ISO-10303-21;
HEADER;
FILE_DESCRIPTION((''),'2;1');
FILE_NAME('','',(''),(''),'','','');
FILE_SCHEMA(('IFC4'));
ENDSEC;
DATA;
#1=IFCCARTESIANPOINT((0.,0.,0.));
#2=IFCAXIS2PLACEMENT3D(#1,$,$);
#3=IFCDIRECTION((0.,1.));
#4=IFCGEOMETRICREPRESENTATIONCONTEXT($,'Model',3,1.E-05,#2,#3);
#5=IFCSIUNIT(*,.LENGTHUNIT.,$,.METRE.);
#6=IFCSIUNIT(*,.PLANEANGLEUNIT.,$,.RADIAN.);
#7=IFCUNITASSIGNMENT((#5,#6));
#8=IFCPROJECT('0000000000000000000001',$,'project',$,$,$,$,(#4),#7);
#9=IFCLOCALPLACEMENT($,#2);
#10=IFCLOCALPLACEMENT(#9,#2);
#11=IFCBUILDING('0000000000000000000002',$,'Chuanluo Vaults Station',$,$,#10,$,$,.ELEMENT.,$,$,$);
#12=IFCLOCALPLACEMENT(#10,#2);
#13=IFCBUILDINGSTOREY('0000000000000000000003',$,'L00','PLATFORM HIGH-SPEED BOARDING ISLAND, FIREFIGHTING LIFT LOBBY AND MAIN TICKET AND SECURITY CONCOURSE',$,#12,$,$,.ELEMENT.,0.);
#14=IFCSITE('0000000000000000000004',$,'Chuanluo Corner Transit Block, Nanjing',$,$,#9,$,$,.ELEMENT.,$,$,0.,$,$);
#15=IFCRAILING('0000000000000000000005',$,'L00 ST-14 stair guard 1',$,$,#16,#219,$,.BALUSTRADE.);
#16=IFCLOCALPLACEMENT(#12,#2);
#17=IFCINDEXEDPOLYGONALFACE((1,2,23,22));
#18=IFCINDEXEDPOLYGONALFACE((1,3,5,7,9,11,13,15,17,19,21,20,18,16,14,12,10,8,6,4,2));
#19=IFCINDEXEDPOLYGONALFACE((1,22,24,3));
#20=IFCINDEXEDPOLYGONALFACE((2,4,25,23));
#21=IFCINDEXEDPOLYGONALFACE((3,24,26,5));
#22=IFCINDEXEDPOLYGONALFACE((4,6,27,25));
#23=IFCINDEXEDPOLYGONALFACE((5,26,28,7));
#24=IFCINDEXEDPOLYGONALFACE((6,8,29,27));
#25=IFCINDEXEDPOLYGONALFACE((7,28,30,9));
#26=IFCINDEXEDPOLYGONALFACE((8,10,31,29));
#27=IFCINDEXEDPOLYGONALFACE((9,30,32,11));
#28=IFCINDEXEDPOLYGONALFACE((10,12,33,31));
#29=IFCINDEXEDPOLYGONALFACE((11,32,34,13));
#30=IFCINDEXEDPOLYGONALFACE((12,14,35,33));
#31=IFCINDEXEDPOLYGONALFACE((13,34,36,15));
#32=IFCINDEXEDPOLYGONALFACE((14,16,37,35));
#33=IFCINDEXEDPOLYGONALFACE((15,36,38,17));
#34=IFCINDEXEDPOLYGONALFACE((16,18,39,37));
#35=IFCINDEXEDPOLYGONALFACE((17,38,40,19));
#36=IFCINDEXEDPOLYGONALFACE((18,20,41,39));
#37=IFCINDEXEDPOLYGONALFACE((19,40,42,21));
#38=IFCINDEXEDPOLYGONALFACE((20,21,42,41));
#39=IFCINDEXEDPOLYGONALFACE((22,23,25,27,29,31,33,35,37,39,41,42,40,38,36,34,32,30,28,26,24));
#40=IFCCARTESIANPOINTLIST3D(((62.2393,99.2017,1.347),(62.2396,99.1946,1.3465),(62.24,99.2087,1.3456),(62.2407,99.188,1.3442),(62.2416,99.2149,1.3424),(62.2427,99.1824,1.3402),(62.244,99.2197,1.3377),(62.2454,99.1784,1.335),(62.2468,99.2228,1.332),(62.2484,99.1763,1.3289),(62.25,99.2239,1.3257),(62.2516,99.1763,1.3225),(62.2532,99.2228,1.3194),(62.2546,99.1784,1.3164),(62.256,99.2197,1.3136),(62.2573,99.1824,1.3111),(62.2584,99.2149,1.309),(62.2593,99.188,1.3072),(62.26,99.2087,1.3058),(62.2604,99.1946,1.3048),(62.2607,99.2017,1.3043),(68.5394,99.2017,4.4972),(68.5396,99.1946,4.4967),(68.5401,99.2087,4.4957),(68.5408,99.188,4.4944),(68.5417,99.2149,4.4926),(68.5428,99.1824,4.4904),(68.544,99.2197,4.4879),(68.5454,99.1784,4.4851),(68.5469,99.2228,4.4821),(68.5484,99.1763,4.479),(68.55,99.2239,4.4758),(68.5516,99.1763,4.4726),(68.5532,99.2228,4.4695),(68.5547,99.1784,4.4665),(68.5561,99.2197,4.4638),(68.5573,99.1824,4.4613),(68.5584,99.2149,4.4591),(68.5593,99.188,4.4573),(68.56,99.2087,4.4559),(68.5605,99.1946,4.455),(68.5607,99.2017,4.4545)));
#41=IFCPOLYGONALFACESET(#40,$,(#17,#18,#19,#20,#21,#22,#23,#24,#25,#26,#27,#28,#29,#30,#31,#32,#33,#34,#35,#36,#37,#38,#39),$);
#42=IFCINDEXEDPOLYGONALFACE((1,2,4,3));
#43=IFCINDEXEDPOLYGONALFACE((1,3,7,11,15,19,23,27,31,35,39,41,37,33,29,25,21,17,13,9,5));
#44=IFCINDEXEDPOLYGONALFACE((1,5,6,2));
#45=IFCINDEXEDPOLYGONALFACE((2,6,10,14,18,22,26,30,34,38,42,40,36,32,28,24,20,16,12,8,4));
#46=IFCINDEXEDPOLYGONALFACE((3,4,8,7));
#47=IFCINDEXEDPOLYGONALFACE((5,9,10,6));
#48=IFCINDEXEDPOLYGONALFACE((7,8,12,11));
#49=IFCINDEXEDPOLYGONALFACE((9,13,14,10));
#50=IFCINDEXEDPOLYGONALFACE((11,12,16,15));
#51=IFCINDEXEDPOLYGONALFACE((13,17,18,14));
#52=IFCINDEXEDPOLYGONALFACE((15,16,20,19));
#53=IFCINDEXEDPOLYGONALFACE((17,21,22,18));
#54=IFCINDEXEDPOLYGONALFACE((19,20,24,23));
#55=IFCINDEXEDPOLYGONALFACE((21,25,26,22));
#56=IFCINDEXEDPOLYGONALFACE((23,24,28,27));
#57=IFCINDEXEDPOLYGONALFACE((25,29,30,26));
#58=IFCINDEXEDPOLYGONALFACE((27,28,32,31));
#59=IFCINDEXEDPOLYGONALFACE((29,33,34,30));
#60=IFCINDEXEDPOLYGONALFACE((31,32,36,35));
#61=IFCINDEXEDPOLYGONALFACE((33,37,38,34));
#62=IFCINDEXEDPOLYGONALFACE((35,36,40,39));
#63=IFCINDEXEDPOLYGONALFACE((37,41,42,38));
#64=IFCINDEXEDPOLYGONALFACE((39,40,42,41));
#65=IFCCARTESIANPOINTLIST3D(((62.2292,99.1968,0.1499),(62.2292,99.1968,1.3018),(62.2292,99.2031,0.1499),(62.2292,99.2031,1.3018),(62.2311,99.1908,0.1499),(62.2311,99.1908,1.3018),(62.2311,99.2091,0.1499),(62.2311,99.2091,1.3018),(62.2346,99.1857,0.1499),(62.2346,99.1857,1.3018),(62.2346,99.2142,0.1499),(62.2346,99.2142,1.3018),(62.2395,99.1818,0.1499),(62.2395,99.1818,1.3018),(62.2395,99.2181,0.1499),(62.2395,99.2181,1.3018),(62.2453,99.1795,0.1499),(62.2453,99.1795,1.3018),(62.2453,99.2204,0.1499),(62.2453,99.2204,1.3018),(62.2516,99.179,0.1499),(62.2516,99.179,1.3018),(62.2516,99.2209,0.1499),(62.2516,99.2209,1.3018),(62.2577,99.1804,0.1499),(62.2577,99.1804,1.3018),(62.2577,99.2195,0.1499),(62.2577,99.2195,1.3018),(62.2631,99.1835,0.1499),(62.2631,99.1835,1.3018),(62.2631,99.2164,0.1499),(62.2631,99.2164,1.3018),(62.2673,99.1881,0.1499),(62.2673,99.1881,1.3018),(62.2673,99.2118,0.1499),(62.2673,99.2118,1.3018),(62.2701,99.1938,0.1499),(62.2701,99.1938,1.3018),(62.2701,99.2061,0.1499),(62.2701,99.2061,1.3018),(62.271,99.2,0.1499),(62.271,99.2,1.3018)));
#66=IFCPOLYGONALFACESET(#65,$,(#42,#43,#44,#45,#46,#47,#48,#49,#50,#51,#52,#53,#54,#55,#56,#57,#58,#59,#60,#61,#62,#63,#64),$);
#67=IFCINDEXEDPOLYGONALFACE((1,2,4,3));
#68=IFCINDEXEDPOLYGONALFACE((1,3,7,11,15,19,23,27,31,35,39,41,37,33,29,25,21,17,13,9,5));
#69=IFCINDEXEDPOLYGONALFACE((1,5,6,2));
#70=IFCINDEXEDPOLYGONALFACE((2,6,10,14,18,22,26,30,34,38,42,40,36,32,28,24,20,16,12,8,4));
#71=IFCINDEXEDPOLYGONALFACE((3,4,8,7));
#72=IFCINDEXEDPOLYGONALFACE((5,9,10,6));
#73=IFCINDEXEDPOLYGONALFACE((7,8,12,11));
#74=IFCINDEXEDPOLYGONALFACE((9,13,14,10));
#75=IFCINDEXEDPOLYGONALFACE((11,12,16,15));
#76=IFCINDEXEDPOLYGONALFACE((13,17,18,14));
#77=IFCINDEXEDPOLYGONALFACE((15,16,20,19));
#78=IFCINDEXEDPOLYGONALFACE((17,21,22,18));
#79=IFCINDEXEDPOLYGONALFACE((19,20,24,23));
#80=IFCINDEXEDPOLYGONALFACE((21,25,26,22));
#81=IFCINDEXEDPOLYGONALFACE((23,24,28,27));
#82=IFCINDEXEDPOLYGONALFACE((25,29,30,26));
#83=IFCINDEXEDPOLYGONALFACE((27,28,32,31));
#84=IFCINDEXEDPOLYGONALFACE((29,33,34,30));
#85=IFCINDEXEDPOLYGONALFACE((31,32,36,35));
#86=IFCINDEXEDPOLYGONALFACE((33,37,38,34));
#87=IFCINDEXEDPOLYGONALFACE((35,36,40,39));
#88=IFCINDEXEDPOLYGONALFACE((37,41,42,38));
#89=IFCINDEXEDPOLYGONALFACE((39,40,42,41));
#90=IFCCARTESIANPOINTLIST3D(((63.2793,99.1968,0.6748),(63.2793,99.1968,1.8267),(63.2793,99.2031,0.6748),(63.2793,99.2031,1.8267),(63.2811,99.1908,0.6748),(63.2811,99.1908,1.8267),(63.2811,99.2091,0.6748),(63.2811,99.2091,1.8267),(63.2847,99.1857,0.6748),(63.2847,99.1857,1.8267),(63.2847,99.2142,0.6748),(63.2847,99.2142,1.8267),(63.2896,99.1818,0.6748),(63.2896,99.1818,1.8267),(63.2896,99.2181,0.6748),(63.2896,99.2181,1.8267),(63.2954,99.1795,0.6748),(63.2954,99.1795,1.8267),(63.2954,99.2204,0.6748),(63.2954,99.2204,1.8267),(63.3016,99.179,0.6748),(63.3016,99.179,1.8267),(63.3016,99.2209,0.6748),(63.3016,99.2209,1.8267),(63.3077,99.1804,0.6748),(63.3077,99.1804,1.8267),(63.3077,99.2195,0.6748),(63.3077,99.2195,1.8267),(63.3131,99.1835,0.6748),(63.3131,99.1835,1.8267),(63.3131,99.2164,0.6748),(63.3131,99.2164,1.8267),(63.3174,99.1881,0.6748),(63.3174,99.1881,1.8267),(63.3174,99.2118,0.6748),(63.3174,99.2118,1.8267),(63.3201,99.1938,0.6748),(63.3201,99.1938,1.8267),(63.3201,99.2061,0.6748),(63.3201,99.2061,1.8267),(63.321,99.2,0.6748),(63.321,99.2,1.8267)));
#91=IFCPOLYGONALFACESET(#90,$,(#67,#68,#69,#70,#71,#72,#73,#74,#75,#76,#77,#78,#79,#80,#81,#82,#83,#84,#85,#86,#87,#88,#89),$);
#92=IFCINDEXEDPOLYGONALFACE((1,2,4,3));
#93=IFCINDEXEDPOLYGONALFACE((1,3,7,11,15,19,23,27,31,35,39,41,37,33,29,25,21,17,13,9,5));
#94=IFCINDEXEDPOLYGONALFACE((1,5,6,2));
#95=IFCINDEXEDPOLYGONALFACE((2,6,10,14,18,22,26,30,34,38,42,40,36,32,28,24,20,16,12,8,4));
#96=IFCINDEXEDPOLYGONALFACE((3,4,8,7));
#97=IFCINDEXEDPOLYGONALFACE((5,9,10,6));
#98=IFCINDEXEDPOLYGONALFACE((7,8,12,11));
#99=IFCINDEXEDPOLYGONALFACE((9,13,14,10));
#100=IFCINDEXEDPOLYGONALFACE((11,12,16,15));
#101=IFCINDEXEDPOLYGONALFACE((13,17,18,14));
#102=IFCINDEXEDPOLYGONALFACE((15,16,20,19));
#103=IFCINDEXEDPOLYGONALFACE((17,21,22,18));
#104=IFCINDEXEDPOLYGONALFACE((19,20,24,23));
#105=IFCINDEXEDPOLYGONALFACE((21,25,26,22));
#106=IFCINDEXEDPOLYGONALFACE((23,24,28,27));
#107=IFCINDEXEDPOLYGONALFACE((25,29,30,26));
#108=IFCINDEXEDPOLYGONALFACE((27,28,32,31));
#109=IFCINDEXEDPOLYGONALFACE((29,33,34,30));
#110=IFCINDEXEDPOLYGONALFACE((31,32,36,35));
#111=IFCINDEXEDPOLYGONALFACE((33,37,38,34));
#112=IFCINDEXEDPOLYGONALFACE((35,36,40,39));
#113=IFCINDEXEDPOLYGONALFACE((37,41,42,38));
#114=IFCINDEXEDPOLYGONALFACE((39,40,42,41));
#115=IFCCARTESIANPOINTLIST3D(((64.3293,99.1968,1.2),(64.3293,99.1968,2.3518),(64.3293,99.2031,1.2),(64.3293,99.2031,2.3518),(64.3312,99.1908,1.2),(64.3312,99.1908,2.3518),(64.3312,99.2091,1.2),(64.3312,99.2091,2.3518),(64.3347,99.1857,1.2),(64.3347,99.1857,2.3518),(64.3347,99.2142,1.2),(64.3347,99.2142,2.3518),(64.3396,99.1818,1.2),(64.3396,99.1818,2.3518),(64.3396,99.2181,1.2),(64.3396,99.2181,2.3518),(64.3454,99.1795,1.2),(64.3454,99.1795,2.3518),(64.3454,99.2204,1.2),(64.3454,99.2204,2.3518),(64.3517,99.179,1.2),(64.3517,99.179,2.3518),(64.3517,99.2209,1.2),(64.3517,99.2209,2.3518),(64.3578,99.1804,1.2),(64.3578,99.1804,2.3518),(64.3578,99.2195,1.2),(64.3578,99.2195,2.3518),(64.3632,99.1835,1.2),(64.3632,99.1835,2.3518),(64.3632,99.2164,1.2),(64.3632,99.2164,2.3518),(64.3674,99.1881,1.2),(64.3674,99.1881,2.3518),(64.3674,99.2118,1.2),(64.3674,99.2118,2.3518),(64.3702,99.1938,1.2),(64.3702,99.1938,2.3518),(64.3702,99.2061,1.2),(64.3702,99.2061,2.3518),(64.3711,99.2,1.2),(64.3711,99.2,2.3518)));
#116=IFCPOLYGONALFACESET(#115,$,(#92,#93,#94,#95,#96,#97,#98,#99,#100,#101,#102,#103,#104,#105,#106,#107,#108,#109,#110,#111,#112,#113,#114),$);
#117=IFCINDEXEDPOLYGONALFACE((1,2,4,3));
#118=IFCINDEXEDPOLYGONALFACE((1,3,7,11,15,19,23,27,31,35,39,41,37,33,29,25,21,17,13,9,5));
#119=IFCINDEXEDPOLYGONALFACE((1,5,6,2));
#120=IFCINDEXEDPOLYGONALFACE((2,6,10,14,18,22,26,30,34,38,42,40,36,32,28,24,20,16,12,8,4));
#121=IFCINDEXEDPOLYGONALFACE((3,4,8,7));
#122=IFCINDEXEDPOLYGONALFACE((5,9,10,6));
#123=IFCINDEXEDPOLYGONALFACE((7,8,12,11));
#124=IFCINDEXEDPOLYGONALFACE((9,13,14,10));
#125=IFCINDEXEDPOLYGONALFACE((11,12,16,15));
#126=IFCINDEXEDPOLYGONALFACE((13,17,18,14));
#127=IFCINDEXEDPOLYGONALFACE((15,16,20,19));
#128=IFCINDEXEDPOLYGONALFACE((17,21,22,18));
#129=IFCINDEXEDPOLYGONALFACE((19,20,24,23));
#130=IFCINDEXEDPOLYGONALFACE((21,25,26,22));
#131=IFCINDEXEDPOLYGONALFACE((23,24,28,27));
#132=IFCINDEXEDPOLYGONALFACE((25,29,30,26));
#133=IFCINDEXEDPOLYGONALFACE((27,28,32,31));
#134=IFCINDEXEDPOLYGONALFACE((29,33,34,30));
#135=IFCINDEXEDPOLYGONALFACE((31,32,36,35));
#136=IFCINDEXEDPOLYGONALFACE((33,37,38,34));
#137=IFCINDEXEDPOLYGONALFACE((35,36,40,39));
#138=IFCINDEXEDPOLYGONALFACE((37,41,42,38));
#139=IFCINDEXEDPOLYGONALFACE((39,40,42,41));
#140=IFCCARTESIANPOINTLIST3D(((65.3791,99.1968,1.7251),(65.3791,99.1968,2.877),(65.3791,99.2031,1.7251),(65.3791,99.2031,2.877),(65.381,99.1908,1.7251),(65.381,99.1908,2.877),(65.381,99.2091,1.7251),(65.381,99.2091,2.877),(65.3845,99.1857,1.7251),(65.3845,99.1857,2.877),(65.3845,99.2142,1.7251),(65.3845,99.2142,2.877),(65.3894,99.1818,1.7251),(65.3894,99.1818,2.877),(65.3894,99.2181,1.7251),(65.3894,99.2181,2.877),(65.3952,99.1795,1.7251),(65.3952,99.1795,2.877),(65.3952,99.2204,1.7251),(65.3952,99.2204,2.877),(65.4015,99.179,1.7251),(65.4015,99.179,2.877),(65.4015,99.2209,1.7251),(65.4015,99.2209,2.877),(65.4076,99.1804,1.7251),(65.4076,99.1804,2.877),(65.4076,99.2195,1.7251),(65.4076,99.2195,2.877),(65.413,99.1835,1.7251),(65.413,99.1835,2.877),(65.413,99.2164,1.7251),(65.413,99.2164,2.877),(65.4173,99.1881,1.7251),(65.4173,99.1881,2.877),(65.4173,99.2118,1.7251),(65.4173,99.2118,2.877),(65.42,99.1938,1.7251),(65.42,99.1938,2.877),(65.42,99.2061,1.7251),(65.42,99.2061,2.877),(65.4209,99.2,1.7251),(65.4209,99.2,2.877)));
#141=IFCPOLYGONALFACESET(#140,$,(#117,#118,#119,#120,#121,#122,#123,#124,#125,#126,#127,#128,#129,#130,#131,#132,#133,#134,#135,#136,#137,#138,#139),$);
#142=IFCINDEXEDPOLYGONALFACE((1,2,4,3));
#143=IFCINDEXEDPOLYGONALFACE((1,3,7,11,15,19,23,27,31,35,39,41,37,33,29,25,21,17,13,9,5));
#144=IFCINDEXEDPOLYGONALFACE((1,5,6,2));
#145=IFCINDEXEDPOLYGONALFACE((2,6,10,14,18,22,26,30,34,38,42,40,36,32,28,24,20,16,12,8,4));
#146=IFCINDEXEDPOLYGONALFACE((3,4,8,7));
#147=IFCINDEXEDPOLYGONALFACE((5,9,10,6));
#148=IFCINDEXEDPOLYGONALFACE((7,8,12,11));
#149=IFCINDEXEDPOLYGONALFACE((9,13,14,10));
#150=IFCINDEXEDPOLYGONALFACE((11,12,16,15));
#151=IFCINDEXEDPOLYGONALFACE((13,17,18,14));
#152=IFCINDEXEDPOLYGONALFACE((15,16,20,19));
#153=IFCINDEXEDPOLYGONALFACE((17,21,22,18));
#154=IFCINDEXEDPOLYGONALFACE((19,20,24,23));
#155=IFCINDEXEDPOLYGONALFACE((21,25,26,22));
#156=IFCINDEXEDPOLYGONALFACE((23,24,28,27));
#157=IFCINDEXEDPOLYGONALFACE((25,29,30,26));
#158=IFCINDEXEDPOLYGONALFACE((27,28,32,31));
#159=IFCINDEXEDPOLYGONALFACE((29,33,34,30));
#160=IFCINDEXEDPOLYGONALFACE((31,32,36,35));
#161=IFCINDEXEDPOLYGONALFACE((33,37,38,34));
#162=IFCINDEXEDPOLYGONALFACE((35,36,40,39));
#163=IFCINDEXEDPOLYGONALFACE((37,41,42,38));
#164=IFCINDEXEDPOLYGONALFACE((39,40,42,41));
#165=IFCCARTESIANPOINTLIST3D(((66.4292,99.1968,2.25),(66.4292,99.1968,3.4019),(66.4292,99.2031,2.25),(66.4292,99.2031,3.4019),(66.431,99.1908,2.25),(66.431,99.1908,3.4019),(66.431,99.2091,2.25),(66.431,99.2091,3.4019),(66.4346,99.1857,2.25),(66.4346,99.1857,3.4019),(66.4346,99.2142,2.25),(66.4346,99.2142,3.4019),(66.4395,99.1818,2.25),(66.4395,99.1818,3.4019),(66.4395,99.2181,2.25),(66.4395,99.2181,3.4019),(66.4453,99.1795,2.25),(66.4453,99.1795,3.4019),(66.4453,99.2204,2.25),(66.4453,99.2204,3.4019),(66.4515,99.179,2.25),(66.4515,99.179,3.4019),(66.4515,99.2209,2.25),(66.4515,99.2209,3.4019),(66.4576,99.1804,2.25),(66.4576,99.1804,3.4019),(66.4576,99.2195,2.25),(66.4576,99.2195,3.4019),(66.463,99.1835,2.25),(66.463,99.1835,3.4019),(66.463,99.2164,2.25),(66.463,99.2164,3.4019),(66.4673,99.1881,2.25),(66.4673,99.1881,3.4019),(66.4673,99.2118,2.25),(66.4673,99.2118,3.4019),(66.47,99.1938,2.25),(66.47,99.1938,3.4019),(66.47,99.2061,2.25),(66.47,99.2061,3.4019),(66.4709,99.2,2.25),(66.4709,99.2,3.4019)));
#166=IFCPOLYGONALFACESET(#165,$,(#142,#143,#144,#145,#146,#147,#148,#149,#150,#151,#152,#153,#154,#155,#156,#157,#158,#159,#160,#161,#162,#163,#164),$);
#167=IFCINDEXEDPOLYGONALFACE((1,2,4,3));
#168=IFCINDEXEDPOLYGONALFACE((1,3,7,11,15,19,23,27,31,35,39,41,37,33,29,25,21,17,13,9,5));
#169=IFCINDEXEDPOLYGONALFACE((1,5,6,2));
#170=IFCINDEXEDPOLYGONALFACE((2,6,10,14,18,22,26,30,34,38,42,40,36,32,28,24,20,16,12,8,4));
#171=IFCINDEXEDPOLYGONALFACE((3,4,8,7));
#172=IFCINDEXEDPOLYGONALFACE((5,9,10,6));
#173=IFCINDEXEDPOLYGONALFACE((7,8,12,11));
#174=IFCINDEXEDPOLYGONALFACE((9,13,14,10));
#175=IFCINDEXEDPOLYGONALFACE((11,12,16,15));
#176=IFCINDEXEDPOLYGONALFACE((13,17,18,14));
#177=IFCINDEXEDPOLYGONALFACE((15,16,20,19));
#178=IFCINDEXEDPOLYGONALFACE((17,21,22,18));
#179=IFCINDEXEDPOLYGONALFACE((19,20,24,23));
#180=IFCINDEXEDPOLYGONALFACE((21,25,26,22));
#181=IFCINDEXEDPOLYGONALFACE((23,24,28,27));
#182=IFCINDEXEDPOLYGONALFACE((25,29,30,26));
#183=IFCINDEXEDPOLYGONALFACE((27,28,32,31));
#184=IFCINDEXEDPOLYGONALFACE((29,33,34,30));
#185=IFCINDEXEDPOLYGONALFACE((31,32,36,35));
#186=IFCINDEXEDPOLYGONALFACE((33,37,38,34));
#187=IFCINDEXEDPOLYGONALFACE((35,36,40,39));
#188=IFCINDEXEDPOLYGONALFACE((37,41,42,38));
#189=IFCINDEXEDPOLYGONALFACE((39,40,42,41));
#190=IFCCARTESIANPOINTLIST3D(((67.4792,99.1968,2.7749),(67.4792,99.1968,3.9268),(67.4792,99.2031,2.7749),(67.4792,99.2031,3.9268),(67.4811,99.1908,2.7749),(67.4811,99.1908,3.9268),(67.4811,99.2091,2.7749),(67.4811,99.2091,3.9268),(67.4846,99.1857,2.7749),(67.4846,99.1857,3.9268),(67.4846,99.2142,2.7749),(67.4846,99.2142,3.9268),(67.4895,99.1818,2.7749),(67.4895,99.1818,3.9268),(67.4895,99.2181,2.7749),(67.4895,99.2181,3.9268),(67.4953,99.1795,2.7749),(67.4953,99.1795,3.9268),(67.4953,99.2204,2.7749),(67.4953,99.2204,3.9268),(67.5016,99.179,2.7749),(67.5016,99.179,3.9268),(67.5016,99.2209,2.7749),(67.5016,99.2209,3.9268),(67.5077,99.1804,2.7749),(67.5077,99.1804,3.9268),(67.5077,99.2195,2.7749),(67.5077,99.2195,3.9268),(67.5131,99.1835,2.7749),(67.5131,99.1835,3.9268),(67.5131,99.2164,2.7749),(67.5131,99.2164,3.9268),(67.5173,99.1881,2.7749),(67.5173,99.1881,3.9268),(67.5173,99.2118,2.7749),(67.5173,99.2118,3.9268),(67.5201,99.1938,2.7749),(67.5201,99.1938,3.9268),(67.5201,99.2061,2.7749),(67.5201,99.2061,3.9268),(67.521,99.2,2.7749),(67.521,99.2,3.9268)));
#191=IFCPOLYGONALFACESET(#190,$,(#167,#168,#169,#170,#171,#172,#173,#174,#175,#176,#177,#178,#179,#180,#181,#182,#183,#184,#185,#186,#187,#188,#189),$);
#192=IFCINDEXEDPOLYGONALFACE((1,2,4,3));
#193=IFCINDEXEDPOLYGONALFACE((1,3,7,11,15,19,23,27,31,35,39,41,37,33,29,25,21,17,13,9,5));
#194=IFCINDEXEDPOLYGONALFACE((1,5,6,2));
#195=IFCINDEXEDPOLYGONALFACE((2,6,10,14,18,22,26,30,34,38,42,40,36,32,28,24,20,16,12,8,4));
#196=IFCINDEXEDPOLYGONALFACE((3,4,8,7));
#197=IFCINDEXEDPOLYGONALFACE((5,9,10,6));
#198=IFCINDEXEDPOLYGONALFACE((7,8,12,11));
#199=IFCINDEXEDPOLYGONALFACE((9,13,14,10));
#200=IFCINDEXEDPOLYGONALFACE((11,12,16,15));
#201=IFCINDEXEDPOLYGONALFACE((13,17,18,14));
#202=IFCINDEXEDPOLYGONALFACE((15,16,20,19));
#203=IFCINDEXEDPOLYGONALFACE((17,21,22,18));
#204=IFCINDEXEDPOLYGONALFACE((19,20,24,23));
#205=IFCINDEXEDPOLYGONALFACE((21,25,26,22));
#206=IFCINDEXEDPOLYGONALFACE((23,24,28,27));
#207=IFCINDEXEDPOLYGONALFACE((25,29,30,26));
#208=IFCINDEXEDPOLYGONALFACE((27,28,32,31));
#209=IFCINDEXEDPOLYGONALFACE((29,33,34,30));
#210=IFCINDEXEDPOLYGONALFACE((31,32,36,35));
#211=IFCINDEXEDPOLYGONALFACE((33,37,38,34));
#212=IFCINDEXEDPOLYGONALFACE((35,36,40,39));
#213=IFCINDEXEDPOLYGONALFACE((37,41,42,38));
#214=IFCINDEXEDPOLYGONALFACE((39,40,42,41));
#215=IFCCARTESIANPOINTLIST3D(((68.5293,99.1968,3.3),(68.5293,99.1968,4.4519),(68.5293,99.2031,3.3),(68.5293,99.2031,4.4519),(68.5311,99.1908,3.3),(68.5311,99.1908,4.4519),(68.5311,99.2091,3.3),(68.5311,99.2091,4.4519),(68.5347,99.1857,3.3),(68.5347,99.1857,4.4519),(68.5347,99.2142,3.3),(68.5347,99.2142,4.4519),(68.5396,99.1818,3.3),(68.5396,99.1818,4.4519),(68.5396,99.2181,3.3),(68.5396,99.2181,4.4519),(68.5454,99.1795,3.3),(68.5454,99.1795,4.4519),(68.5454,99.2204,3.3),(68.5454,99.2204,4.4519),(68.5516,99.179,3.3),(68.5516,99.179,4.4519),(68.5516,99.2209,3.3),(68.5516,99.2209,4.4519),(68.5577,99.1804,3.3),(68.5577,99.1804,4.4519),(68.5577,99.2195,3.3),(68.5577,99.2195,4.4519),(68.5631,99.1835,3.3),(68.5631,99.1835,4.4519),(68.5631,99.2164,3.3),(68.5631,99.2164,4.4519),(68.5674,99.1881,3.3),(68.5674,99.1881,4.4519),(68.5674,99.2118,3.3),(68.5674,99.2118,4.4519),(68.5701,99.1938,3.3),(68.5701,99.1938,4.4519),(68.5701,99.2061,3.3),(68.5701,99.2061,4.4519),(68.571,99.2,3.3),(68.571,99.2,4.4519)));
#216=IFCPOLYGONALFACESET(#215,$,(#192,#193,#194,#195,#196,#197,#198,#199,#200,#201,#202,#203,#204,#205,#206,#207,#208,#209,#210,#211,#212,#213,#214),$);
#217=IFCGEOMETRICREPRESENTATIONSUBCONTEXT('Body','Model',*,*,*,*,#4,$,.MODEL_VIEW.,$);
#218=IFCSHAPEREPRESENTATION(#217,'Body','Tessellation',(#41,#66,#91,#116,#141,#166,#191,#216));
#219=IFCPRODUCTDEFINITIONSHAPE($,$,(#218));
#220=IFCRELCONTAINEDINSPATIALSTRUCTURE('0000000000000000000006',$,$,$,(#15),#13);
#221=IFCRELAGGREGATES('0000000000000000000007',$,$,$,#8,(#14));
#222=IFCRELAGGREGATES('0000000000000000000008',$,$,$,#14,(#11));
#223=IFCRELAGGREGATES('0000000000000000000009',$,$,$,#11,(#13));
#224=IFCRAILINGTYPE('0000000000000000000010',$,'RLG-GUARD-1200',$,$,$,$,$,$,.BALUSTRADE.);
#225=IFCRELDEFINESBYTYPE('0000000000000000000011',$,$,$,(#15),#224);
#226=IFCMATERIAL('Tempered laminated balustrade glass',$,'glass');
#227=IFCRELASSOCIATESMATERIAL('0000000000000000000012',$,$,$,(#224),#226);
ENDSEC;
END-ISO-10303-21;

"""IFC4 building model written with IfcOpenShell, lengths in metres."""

from ifc_helpers import new_model, si_unit, direction, frame, origin, origin_2d, place, context, subcontext, project, spatial, circle, extrude, material, type_object, element, save


model = new_model("IFC4")

# Units and contexts
model_context = context("Model", 3, precision=1e-05, world=origin(), true_north=direction((0.0, 1.0)))
body_context = subcontext(model_context, "Body", "Model", "MODEL_VIEW")
ifc_project = project(units=[si_unit("LENGTHUNIT", "METRE"), si_unit("PLANEANGLEUNIT", "RADIAN")], contexts=[model_context])

# Site, building, storey
site_placement = place(None, origin())
site = spatial("IfcSite", under=ifc_project, at=site_placement, Name="Chuanluo Corner Transit Block, Nanjing", CompositionType="ELEMENT", RefElevation=0.0)
building_placement = place(site_placement, origin())
building = spatial("IfcBuilding", under=site, at=building_placement, Name="Chuanluo Vaults Station", CompositionType="ELEMENT")
storey_placement = place(building_placement, origin())
storey = spatial("IfcBuildingStorey", under=building, at=storey_placement, Name="L00", Description="PLATFORM HIGH-SPEED BOARDING ISLAND, FIREFIGHTING LIFT LOBBY AND MAIN TICKET AND SECURITY CONCOURSE", CompositionType="ELEMENT", Elevation=0.0)

# Railing
ifc_material_1 = material(Name="Tempered laminated balustrade glass", Category="glass")
railing_type_1 = type_object("IfcRailingType", Name="RLG-GUARD-1200", PredefinedType="BALUSTRADE", material=ifc_material_1)
railing_1_placement = place(storey_placement, frame((62.25, 99.2, 0.1499)))
element("IfcRailing", 1, at=railing_1_placement, inside=storey, type_object=railing_type_1, Name="L00 ST-14 stair guard 1", PredefinedType="BALUSTRADE", context=body_context, shape_type="SweptSolid", body=[
    extrude(circle(Radius=0.0239, at=origin_2d()), frame((0.0, 0.0, 1.1758), z_axis=(0.89442, 0.0, 0.447227), x_axis=(0.0, 1.0, 0.0)), (0.0, 0.0, 1.0), 7.0437),
    extrude(circle(Radius=0.021, at=origin_2d()), origin(), (0.0, 0.0, 1.0), 1.1519),
    extrude(circle(Radius=0.021, at=origin_2d()), frame((1.05, 0.0, 0.5249)), (0.0, 0.0, 1.0), 1.1519),
    extrude(circle(Radius=0.021, at=origin_2d()), frame((2.1001, 0.0, 1.05)), (0.0, 0.0, 1.0), 1.1519),
    extrude(circle(Radius=0.021, at=origin_2d()), frame((3.1499, 0.0, 1.5752)), (0.0, 0.0, 1.0), 1.1519),
    extrude(circle(Radius=0.021, at=origin_2d()), frame((4.2, 0.0, 2.1001)), (0.0, 0.0, 1.0), 1.1519),
    extrude(circle(Radius=0.021, at=origin_2d()), frame((5.25, 0.0, 2.625)), (0.0, 0.0, 1.0), 1.1519),
    extrude(circle(Radius=0.021, at=origin_2d()), frame((6.3, 0.0, 3.1501)), (0.0, 0.0, 1.0), 1.1519),
])

save(model, "model.ifc")
